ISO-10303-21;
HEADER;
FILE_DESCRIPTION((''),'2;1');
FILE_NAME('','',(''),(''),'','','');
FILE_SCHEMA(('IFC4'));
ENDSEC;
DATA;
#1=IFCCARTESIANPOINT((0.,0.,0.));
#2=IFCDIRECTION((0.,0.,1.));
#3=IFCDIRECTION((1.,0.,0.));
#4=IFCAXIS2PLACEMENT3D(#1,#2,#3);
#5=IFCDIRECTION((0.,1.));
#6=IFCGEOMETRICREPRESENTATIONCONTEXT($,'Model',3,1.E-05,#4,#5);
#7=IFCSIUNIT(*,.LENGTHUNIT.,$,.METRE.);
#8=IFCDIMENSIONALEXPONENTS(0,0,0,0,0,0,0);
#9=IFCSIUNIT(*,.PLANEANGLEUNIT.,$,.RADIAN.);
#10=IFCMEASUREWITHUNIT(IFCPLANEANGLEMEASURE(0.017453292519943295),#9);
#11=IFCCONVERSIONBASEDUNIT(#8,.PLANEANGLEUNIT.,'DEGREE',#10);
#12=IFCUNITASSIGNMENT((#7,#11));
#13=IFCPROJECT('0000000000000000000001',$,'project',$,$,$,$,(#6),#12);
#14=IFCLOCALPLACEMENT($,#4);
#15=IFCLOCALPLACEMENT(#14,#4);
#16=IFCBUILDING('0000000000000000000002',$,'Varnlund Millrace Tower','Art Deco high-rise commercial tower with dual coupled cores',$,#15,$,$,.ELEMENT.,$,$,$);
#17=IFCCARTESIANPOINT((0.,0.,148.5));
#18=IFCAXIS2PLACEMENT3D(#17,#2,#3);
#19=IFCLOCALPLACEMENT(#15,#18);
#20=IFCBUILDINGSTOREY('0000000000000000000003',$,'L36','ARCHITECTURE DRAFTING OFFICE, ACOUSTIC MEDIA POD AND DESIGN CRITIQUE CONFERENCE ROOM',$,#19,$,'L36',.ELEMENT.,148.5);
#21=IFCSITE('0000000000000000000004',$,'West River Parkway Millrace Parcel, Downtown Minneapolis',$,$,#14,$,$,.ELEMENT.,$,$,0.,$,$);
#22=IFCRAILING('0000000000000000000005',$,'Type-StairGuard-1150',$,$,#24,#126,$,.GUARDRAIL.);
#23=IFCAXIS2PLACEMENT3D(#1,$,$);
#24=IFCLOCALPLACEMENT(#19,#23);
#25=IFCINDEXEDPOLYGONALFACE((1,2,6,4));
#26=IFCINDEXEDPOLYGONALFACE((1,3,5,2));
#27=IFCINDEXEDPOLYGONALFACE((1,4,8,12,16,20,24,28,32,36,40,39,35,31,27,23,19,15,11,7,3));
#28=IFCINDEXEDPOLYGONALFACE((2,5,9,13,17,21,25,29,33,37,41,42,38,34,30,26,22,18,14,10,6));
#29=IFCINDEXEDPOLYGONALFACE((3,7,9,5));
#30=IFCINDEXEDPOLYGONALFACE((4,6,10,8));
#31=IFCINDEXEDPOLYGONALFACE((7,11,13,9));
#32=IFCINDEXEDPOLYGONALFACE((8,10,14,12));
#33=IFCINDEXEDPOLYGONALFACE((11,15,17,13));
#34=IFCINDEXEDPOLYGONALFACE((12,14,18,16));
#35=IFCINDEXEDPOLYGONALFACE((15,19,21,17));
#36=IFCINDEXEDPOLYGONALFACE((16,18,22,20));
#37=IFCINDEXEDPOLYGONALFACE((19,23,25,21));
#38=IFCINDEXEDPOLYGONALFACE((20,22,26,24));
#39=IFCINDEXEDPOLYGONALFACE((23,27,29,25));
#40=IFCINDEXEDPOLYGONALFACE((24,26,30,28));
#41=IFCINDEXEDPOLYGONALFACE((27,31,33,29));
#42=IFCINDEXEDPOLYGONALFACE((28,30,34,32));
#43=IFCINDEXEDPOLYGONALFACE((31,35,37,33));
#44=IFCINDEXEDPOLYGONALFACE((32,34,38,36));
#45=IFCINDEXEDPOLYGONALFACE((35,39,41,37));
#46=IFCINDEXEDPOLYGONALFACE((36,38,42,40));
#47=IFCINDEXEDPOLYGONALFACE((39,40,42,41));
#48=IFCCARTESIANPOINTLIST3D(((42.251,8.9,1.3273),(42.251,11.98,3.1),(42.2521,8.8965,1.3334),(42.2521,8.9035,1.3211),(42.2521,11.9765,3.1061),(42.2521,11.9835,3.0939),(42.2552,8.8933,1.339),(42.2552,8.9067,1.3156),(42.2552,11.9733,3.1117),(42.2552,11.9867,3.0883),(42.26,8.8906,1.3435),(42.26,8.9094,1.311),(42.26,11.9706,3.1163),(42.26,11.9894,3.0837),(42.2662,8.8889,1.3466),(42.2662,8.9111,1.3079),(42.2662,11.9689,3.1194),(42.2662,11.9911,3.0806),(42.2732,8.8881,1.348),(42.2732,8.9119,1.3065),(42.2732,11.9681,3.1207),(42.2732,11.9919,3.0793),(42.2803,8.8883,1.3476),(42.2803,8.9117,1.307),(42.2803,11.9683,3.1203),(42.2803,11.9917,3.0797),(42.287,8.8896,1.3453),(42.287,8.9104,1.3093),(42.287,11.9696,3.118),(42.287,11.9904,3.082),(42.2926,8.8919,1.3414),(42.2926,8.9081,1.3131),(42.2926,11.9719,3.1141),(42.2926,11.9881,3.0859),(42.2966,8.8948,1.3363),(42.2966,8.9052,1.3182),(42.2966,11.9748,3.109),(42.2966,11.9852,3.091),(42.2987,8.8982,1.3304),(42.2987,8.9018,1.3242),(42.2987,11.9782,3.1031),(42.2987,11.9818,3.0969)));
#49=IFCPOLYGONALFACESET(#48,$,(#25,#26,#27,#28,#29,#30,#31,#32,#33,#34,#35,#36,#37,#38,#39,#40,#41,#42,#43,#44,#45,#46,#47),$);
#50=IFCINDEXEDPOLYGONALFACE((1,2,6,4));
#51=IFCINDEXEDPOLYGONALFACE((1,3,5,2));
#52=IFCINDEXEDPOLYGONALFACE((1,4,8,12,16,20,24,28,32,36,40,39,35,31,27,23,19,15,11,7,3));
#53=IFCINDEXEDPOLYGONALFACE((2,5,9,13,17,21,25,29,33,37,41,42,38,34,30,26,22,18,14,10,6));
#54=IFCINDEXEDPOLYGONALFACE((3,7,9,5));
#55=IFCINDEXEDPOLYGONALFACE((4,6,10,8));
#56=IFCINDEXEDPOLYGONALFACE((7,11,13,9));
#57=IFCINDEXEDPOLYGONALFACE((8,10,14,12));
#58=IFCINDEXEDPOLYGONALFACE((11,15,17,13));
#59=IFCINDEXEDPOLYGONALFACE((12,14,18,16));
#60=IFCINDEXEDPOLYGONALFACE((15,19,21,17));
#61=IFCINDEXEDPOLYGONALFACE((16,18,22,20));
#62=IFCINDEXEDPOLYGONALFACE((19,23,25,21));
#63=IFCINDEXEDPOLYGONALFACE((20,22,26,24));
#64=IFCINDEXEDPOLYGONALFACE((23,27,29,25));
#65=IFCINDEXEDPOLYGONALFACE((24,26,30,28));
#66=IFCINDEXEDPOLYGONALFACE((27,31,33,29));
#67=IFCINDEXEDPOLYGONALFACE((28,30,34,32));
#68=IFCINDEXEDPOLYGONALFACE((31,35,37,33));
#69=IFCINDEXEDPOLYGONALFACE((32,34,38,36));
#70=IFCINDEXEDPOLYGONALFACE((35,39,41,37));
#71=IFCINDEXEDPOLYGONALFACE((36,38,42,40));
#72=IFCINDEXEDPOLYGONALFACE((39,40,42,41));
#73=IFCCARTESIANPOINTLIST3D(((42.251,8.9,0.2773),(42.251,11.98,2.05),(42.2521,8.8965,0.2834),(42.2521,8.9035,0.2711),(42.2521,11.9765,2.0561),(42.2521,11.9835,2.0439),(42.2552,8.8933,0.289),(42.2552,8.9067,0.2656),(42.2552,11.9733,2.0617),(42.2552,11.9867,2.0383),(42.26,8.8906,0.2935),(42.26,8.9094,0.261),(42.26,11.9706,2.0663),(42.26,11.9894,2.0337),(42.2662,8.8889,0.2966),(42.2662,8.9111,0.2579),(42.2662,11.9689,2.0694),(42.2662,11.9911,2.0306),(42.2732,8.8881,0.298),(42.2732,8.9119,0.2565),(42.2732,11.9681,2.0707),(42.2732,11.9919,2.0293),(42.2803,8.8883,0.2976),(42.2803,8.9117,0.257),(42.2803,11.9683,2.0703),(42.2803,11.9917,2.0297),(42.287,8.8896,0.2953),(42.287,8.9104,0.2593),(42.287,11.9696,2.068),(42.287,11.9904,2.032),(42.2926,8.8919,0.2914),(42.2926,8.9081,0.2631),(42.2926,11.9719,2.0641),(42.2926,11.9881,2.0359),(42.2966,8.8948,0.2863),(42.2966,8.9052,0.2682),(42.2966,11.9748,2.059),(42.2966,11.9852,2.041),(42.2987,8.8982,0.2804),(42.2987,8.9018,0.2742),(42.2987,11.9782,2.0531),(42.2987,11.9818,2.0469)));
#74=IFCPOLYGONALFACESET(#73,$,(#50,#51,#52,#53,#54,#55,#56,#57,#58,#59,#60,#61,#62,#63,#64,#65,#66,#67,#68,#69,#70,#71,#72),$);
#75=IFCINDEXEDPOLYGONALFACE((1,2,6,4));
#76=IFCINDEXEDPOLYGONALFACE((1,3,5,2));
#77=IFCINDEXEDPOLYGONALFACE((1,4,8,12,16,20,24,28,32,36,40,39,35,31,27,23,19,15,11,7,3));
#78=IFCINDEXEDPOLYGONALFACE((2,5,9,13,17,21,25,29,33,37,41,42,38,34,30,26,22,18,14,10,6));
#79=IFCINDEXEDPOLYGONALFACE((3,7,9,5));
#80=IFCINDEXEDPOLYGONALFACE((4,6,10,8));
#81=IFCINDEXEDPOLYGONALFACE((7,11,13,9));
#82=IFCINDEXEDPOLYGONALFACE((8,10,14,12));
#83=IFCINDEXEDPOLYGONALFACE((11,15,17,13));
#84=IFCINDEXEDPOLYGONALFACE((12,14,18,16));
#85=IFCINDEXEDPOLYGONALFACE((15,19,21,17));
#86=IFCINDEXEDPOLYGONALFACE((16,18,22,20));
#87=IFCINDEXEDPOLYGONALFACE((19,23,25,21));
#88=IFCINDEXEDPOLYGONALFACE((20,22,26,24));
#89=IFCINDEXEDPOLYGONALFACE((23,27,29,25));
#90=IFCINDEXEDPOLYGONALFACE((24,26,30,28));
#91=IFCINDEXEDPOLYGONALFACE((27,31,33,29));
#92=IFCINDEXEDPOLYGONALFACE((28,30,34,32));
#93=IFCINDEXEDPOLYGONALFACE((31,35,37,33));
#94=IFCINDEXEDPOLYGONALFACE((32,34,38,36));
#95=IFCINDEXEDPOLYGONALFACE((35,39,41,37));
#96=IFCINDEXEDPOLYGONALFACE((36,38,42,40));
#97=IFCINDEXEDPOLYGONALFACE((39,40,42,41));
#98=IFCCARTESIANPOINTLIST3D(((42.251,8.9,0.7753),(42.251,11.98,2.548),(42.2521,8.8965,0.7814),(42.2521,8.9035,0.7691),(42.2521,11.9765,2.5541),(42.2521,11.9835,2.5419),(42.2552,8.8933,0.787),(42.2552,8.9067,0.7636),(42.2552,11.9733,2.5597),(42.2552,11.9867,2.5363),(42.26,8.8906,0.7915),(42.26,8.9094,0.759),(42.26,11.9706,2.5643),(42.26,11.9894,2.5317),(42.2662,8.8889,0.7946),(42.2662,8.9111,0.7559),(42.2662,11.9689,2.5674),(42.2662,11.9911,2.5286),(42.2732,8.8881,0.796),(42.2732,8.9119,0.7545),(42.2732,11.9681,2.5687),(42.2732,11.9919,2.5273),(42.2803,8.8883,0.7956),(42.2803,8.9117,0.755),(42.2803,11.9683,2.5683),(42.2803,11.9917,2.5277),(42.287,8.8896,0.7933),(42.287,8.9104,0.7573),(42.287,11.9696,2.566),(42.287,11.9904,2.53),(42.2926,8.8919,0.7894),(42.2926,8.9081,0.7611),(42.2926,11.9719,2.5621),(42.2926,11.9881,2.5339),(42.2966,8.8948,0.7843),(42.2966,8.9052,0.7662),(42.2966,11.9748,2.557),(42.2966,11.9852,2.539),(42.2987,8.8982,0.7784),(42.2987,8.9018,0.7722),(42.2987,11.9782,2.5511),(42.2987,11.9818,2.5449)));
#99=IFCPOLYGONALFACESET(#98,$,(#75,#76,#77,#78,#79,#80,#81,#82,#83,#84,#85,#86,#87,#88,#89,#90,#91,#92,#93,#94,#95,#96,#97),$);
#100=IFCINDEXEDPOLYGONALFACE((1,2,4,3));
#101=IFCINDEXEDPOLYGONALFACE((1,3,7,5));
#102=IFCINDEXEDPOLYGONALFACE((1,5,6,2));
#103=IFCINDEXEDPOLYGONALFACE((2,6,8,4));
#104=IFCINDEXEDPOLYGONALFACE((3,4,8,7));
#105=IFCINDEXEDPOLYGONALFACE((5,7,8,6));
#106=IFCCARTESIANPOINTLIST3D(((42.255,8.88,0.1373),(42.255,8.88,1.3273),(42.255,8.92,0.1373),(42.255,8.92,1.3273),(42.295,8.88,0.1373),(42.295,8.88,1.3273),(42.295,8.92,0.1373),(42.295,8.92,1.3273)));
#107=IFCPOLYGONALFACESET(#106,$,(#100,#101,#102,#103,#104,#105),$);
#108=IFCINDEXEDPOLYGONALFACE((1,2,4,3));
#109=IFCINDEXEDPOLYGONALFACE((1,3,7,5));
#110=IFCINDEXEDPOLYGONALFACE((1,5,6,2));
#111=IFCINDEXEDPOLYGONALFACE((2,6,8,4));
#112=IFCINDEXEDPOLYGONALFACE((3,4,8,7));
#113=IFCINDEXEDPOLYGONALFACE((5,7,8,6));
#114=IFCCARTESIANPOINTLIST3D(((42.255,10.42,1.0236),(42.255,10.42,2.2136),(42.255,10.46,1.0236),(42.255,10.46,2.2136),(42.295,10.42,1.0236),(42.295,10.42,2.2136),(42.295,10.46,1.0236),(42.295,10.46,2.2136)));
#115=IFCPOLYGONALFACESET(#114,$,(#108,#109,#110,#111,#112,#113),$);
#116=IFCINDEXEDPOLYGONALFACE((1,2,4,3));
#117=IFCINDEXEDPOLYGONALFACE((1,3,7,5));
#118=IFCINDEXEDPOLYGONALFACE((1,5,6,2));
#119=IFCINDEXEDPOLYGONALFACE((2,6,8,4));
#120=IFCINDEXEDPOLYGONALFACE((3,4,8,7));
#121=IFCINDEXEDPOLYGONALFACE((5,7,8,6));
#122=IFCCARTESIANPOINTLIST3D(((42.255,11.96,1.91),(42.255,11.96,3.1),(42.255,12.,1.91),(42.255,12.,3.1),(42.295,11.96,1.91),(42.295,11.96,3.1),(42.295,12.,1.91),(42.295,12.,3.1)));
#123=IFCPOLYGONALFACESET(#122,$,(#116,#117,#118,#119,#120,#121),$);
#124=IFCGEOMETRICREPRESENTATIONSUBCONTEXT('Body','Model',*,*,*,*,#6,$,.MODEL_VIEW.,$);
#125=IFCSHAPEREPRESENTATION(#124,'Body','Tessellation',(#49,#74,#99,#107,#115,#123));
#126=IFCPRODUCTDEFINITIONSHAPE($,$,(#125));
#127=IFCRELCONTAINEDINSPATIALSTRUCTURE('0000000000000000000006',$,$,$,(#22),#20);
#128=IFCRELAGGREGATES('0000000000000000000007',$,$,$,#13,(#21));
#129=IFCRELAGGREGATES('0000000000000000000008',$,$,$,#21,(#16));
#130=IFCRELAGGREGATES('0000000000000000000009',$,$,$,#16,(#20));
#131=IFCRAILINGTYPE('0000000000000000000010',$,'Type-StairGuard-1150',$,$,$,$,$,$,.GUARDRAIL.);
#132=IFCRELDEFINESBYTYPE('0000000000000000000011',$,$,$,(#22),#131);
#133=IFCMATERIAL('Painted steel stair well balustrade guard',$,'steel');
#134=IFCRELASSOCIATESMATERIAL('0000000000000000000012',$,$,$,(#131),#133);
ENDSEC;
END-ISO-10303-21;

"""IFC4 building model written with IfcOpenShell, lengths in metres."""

from ifc_helpers import new_model, entity, si_unit, converted_unit, direction, frame, origin_with_axes, origin_2d_with_axis, place, context, subcontext, project, spatial, rectangle, circle, extrude, material, type_object, element, save


model = new_model("IFC4")

# Units and contexts
model_context = context("Model", 3, precision=1e-05, world=origin_with_axes(), true_north=direction((0.0, 1.0)))
body_context = subcontext(model_context, "Body", "Model", "MODEL_VIEW")
ifc_project = project(units=[si_unit("LENGTHUNIT", "METRE"), converted_unit("PLANEANGLEUNIT", "DEGREE", entity("IfcPlaneAngleMeasure", 0.017453292519943295), si_unit("PLANEANGLEUNIT", "RADIAN"), dimensions=[0, 0, 0, 0, 0, 0, 0])], contexts=[model_context])

# Site, building, storey
site_placement = place(None, origin_with_axes())
site = spatial("IfcSite", under=ifc_project, at=site_placement, Name="West River Parkway Millrace Parcel, Downtown Minneapolis", CompositionType="ELEMENT", RefElevation=0.0)
building_placement = place(site_placement, origin_with_axes())
building = spatial("IfcBuilding", under=site, at=building_placement, Name="Varnlund Millrace Tower", Description="Art Deco high-rise commercial tower with dual coupled cores", CompositionType="ELEMENT")
storey_placement = place(building_placement, frame((0.0, 0.0, 148.5), z_axis=(0.0, 0.0, 1.0), x_axis=(1.0, 0.0, 0.0)))
storey = spatial("IfcBuildingStorey", under=building, at=storey_placement, Name="L36", Description="ARCHITECTURE DRAFTING OFFICE, ACOUSTIC MEDIA POD AND DESIGN CRITIQUE CONFERENCE ROOM", LongName="L36", CompositionType="ELEMENT", Elevation=148.5)

# Railing
ifc_material_1 = material(Name="Painted steel stair well balustrade guard", Category="steel")
railing_type_1 = type_object("IfcRailingType", Name="Type-StairGuard-1150", PredefinedType="GUARDRAIL", material=ifc_material_1)
railing_1_placement = place(storey_placement, frame((0.0, 0.0, -148.5), z_axis=(0.0, 0.0, 1.0), x_axis=(1.0, 0.0, 0.0)))
element("IfcRailing", 1, at=railing_1_placement, inside=storey, type_object=railing_type_1, Name="Type-StairGuard-1150", PredefinedType="GUARDRAIL", context=body_context, shape_type="SweptSolid", body=[
    extrude(circle(Radius=0.024, at=origin_2d_with_axis()), frame((42.275, 8.9, 149.8273), z_axis=(0.0, 0.866696, 0.498836), x_axis=(-1.0, 0.0, 0.0)), (0.0, 0.0, 1.0), 3.5537),
    extrude(circle(Radius=0.024, at=origin_2d_with_axis()), frame((42.275, 8.9, 148.7773), z_axis=(0.0, 0.866696, 0.498836), x_axis=(-1.0, 0.0, 0.0)), (0.0, 0.0, 1.0), 3.5537),
    extrude(circle(Radius=0.024, at=origin_2d_with_axis()), frame((42.275, 8.9, 149.2753), z_axis=(0.0, 0.866696, 0.498836), x_axis=(-1.0, 0.0, 0.0)), (0.0, 0.0, 1.0), 3.5537),
    extrude(rectangle(XDim=0.04, YDim=0.04, at=origin_2d_with_axis()), frame((42.275, 8.9, 148.6373), z_axis=(0.0, 0.0, 1.0), x_axis=(1.0, 0.0, 0.0)), (0.0, 0.0, 1.0), 1.19),
    extrude(rectangle(XDim=0.04, YDim=0.04, at=origin_2d_with_axis()), frame((42.275, 10.44, 149.5236), z_axis=(0.0, 0.0, 1.0), x_axis=(1.0, 0.0, 0.0)), (0.0, 0.0, 1.0), 1.19),
    extrude(rectangle(XDim=0.04, YDim=0.04, at=origin_2d_with_axis()), frame((42.275, 11.98, 150.41), z_axis=(0.0, 0.0, 1.0), x_axis=(1.0, 0.0, 0.0)), (0.0, 0.0, 1.0), 1.19),
])

save(model, "model.ifc")
